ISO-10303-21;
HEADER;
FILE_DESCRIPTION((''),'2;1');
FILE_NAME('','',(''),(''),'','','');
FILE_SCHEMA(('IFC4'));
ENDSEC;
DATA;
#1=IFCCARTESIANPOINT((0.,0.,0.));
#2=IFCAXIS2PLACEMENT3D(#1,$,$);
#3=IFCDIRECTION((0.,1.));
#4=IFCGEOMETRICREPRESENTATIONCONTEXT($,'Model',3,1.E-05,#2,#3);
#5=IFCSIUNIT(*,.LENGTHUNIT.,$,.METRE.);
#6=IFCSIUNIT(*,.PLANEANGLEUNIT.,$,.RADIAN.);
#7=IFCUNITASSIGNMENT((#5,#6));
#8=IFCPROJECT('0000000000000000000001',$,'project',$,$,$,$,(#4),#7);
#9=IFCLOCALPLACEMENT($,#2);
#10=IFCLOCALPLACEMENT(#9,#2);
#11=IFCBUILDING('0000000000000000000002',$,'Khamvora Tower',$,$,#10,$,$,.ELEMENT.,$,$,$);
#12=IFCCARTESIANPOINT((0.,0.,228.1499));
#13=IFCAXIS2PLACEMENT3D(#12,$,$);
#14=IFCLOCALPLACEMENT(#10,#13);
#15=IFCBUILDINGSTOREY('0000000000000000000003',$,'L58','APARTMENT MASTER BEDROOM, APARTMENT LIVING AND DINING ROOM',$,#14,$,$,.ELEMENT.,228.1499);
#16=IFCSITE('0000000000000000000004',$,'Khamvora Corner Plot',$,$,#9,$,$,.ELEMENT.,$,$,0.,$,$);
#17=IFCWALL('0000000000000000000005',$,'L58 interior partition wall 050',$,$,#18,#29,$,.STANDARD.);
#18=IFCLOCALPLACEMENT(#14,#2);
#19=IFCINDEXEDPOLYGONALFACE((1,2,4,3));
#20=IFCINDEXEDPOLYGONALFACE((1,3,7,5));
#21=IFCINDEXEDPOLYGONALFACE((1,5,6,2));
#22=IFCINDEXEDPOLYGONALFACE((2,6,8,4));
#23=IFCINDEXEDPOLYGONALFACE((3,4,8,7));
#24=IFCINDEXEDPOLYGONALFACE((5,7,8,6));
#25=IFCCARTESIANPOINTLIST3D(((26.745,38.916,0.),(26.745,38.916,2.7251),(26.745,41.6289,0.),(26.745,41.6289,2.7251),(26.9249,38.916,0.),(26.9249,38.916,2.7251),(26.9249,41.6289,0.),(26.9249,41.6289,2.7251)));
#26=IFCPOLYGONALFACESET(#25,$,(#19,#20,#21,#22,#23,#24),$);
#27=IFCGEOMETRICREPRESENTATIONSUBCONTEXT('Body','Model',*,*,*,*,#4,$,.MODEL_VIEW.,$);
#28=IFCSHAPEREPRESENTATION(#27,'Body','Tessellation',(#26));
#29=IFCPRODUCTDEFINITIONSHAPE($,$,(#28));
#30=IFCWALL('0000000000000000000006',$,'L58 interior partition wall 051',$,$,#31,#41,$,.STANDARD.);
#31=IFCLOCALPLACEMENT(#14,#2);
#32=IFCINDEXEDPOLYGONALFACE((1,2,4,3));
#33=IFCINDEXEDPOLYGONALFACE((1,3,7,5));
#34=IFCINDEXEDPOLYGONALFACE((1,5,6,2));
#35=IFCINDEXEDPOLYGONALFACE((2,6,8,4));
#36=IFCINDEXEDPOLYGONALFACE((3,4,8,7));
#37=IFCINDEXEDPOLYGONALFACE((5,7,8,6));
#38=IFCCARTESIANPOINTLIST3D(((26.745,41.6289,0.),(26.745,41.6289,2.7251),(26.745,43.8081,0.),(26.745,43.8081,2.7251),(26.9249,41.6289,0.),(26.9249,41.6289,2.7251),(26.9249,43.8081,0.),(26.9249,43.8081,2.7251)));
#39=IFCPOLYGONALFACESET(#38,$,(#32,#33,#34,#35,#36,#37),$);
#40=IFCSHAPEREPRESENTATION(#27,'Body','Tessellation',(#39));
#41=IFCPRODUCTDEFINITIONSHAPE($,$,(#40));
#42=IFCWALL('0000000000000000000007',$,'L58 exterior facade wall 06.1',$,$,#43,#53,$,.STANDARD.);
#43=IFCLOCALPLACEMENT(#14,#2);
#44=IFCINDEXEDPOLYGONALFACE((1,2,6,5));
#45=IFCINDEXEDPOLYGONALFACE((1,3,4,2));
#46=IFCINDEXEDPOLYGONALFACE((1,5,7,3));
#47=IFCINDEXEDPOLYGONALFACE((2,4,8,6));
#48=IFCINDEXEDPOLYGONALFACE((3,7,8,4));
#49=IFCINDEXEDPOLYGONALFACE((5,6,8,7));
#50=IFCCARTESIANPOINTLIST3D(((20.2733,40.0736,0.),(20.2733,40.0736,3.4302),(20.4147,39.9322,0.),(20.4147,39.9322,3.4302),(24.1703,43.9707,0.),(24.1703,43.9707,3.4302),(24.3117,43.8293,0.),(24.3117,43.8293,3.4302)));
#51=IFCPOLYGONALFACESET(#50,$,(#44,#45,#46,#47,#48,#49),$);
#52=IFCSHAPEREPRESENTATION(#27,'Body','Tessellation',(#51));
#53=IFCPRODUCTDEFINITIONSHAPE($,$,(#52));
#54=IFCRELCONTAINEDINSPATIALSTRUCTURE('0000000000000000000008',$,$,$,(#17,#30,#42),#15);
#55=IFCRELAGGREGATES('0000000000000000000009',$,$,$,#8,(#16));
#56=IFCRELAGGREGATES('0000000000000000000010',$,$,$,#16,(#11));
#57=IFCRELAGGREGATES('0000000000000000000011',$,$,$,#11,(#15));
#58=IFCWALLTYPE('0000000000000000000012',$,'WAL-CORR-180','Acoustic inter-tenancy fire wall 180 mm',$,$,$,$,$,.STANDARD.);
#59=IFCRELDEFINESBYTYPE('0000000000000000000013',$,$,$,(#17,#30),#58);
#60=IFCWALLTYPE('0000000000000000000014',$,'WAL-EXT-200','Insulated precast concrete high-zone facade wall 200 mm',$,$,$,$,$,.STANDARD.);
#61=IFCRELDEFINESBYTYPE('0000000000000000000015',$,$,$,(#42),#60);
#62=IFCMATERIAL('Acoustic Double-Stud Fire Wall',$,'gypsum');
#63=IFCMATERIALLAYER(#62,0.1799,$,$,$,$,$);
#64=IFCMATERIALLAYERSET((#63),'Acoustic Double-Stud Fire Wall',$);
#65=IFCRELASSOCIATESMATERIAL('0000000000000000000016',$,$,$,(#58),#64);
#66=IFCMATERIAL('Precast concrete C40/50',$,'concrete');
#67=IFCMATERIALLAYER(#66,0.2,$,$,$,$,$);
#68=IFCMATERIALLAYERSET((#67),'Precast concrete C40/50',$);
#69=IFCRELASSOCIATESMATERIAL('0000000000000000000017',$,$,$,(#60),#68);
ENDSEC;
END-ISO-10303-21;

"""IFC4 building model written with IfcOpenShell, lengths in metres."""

from ifc_helpers import new_model, si_unit, direction, frame, frame_2d, origin, place, context, subcontext, project, spatial, rectangle, extrude, material, layer, layer_set, type_object, element, save


model = new_model("IFC4")

# Units and contexts
model_context = context("Model", 3, precision=1e-05, world=origin(), true_north=direction((0.0, 1.0)))
body_context = subcontext(model_context, "Body", "Model", "MODEL_VIEW")
ifc_project = project(units=[si_unit("LENGTHUNIT", "METRE"), si_unit("PLANEANGLEUNIT", "RADIAN")], contexts=[model_context])

# Site, building, storey
site_placement = place(None, origin())
site = spatial("IfcSite", under=ifc_project, at=site_placement, Name="Khamvora Corner Plot", CompositionType="ELEMENT", RefElevation=0.0)
building_placement = place(site_placement, origin())
building = spatial("IfcBuilding", under=site, at=building_placement, Name="Khamvora Tower", CompositionType="ELEMENT")
storey_placement = place(building_placement, frame((0.0, 0.0, 228.1499)))
storey = spatial("IfcBuildingStorey", under=building, at=storey_placement, Name="L58", Description="APARTMENT MASTER BEDROOM, APARTMENT LIVING AND DINING ROOM", CompositionType="ELEMENT", Elevation=228.1499)

# Walls
ifc_material_1 = material(Name="Acoustic Double-Stud Fire Wall", Category="gypsum")
ifc_layer_1 = layer(ifc_material_1, 0.1799)
ifc_layer_set_1 = layer_set([ifc_layer_1], Name="Acoustic Double-Stud Fire Wall")
wall_type_1 = type_object("IfcWallType", Name="WAL-CORR-180", Description="Acoustic inter-tenancy fire wall 180 mm", PredefinedType="STANDARD", material=ifc_layer_set_1)
wall_1_placement = place(storey_placement, frame((26.835, 41.6289, 0.0), z_axis=(0.0, 0.0, 1.0), x_axis=(0.0, -1.0, 0.0)))
element("IfcWall", 1, at=wall_1_placement, inside=storey, type_object=wall_type_1, Name="L58 interior partition wall 050", PredefinedType="STANDARD", context=body_context, shape_type="SweptSolid", body=[
    extrude(rectangle(XDim=2.7129, YDim=0.1799, at=frame_2d((1.3564, 0.0))), origin(), (0.0, 0.0, 1.0), 2.7251),
])
wall_2_placement = place(storey_placement, frame((26.835, 43.8081, 0.0), z_axis=(0.0, 0.0, 1.0), x_axis=(0.0, -1.0, 0.0)))
element("IfcWall", 2, at=wall_2_placement, inside=storey, type_object=wall_type_1, Name="L58 interior partition wall 051", PredefinedType="STANDARD", context=body_context, shape_type="SweptSolid", body=[
    extrude(rectangle(XDim=2.1792, YDim=0.1799, at=frame_2d((1.0896, 0.0))), origin(), (0.0, 0.0, 1.0), 2.7251),
])
ifc_material_2 = material(Name="Precast concrete C40/50", Category="concrete")
ifc_layer_2 = layer(ifc_material_2, 0.2)
ifc_layer_set_2 = layer_set([ifc_layer_2], Name="Precast concrete C40/50")
wall_type_2 = type_object("IfcWallType", Name="WAL-EXT-200", Description="Insulated precast concrete high-zone facade wall 200 mm", PredefinedType="STANDARD", material=ifc_layer_set_2)
wall_3_placement = place(storey_placement, frame((20.344, 40.0029, 0.0), z_axis=(0.0, 0.0, 1.0), x_axis=(0.707107, 0.707107, 0.0)))
element("IfcWall", 3, at=wall_3_placement, inside=storey, type_object=wall_type_2, Name="L58 exterior facade wall 06.1", PredefinedType="STANDARD", context=body_context, shape_type="SweptSolid", body=[
    extrude(rectangle(XDim=5.5112, YDim=0.2, at=frame_2d((2.7556, 0.0))), origin(), (0.0, 0.0, 1.0), 3.4302),
])

save(model, "model.ifc")
